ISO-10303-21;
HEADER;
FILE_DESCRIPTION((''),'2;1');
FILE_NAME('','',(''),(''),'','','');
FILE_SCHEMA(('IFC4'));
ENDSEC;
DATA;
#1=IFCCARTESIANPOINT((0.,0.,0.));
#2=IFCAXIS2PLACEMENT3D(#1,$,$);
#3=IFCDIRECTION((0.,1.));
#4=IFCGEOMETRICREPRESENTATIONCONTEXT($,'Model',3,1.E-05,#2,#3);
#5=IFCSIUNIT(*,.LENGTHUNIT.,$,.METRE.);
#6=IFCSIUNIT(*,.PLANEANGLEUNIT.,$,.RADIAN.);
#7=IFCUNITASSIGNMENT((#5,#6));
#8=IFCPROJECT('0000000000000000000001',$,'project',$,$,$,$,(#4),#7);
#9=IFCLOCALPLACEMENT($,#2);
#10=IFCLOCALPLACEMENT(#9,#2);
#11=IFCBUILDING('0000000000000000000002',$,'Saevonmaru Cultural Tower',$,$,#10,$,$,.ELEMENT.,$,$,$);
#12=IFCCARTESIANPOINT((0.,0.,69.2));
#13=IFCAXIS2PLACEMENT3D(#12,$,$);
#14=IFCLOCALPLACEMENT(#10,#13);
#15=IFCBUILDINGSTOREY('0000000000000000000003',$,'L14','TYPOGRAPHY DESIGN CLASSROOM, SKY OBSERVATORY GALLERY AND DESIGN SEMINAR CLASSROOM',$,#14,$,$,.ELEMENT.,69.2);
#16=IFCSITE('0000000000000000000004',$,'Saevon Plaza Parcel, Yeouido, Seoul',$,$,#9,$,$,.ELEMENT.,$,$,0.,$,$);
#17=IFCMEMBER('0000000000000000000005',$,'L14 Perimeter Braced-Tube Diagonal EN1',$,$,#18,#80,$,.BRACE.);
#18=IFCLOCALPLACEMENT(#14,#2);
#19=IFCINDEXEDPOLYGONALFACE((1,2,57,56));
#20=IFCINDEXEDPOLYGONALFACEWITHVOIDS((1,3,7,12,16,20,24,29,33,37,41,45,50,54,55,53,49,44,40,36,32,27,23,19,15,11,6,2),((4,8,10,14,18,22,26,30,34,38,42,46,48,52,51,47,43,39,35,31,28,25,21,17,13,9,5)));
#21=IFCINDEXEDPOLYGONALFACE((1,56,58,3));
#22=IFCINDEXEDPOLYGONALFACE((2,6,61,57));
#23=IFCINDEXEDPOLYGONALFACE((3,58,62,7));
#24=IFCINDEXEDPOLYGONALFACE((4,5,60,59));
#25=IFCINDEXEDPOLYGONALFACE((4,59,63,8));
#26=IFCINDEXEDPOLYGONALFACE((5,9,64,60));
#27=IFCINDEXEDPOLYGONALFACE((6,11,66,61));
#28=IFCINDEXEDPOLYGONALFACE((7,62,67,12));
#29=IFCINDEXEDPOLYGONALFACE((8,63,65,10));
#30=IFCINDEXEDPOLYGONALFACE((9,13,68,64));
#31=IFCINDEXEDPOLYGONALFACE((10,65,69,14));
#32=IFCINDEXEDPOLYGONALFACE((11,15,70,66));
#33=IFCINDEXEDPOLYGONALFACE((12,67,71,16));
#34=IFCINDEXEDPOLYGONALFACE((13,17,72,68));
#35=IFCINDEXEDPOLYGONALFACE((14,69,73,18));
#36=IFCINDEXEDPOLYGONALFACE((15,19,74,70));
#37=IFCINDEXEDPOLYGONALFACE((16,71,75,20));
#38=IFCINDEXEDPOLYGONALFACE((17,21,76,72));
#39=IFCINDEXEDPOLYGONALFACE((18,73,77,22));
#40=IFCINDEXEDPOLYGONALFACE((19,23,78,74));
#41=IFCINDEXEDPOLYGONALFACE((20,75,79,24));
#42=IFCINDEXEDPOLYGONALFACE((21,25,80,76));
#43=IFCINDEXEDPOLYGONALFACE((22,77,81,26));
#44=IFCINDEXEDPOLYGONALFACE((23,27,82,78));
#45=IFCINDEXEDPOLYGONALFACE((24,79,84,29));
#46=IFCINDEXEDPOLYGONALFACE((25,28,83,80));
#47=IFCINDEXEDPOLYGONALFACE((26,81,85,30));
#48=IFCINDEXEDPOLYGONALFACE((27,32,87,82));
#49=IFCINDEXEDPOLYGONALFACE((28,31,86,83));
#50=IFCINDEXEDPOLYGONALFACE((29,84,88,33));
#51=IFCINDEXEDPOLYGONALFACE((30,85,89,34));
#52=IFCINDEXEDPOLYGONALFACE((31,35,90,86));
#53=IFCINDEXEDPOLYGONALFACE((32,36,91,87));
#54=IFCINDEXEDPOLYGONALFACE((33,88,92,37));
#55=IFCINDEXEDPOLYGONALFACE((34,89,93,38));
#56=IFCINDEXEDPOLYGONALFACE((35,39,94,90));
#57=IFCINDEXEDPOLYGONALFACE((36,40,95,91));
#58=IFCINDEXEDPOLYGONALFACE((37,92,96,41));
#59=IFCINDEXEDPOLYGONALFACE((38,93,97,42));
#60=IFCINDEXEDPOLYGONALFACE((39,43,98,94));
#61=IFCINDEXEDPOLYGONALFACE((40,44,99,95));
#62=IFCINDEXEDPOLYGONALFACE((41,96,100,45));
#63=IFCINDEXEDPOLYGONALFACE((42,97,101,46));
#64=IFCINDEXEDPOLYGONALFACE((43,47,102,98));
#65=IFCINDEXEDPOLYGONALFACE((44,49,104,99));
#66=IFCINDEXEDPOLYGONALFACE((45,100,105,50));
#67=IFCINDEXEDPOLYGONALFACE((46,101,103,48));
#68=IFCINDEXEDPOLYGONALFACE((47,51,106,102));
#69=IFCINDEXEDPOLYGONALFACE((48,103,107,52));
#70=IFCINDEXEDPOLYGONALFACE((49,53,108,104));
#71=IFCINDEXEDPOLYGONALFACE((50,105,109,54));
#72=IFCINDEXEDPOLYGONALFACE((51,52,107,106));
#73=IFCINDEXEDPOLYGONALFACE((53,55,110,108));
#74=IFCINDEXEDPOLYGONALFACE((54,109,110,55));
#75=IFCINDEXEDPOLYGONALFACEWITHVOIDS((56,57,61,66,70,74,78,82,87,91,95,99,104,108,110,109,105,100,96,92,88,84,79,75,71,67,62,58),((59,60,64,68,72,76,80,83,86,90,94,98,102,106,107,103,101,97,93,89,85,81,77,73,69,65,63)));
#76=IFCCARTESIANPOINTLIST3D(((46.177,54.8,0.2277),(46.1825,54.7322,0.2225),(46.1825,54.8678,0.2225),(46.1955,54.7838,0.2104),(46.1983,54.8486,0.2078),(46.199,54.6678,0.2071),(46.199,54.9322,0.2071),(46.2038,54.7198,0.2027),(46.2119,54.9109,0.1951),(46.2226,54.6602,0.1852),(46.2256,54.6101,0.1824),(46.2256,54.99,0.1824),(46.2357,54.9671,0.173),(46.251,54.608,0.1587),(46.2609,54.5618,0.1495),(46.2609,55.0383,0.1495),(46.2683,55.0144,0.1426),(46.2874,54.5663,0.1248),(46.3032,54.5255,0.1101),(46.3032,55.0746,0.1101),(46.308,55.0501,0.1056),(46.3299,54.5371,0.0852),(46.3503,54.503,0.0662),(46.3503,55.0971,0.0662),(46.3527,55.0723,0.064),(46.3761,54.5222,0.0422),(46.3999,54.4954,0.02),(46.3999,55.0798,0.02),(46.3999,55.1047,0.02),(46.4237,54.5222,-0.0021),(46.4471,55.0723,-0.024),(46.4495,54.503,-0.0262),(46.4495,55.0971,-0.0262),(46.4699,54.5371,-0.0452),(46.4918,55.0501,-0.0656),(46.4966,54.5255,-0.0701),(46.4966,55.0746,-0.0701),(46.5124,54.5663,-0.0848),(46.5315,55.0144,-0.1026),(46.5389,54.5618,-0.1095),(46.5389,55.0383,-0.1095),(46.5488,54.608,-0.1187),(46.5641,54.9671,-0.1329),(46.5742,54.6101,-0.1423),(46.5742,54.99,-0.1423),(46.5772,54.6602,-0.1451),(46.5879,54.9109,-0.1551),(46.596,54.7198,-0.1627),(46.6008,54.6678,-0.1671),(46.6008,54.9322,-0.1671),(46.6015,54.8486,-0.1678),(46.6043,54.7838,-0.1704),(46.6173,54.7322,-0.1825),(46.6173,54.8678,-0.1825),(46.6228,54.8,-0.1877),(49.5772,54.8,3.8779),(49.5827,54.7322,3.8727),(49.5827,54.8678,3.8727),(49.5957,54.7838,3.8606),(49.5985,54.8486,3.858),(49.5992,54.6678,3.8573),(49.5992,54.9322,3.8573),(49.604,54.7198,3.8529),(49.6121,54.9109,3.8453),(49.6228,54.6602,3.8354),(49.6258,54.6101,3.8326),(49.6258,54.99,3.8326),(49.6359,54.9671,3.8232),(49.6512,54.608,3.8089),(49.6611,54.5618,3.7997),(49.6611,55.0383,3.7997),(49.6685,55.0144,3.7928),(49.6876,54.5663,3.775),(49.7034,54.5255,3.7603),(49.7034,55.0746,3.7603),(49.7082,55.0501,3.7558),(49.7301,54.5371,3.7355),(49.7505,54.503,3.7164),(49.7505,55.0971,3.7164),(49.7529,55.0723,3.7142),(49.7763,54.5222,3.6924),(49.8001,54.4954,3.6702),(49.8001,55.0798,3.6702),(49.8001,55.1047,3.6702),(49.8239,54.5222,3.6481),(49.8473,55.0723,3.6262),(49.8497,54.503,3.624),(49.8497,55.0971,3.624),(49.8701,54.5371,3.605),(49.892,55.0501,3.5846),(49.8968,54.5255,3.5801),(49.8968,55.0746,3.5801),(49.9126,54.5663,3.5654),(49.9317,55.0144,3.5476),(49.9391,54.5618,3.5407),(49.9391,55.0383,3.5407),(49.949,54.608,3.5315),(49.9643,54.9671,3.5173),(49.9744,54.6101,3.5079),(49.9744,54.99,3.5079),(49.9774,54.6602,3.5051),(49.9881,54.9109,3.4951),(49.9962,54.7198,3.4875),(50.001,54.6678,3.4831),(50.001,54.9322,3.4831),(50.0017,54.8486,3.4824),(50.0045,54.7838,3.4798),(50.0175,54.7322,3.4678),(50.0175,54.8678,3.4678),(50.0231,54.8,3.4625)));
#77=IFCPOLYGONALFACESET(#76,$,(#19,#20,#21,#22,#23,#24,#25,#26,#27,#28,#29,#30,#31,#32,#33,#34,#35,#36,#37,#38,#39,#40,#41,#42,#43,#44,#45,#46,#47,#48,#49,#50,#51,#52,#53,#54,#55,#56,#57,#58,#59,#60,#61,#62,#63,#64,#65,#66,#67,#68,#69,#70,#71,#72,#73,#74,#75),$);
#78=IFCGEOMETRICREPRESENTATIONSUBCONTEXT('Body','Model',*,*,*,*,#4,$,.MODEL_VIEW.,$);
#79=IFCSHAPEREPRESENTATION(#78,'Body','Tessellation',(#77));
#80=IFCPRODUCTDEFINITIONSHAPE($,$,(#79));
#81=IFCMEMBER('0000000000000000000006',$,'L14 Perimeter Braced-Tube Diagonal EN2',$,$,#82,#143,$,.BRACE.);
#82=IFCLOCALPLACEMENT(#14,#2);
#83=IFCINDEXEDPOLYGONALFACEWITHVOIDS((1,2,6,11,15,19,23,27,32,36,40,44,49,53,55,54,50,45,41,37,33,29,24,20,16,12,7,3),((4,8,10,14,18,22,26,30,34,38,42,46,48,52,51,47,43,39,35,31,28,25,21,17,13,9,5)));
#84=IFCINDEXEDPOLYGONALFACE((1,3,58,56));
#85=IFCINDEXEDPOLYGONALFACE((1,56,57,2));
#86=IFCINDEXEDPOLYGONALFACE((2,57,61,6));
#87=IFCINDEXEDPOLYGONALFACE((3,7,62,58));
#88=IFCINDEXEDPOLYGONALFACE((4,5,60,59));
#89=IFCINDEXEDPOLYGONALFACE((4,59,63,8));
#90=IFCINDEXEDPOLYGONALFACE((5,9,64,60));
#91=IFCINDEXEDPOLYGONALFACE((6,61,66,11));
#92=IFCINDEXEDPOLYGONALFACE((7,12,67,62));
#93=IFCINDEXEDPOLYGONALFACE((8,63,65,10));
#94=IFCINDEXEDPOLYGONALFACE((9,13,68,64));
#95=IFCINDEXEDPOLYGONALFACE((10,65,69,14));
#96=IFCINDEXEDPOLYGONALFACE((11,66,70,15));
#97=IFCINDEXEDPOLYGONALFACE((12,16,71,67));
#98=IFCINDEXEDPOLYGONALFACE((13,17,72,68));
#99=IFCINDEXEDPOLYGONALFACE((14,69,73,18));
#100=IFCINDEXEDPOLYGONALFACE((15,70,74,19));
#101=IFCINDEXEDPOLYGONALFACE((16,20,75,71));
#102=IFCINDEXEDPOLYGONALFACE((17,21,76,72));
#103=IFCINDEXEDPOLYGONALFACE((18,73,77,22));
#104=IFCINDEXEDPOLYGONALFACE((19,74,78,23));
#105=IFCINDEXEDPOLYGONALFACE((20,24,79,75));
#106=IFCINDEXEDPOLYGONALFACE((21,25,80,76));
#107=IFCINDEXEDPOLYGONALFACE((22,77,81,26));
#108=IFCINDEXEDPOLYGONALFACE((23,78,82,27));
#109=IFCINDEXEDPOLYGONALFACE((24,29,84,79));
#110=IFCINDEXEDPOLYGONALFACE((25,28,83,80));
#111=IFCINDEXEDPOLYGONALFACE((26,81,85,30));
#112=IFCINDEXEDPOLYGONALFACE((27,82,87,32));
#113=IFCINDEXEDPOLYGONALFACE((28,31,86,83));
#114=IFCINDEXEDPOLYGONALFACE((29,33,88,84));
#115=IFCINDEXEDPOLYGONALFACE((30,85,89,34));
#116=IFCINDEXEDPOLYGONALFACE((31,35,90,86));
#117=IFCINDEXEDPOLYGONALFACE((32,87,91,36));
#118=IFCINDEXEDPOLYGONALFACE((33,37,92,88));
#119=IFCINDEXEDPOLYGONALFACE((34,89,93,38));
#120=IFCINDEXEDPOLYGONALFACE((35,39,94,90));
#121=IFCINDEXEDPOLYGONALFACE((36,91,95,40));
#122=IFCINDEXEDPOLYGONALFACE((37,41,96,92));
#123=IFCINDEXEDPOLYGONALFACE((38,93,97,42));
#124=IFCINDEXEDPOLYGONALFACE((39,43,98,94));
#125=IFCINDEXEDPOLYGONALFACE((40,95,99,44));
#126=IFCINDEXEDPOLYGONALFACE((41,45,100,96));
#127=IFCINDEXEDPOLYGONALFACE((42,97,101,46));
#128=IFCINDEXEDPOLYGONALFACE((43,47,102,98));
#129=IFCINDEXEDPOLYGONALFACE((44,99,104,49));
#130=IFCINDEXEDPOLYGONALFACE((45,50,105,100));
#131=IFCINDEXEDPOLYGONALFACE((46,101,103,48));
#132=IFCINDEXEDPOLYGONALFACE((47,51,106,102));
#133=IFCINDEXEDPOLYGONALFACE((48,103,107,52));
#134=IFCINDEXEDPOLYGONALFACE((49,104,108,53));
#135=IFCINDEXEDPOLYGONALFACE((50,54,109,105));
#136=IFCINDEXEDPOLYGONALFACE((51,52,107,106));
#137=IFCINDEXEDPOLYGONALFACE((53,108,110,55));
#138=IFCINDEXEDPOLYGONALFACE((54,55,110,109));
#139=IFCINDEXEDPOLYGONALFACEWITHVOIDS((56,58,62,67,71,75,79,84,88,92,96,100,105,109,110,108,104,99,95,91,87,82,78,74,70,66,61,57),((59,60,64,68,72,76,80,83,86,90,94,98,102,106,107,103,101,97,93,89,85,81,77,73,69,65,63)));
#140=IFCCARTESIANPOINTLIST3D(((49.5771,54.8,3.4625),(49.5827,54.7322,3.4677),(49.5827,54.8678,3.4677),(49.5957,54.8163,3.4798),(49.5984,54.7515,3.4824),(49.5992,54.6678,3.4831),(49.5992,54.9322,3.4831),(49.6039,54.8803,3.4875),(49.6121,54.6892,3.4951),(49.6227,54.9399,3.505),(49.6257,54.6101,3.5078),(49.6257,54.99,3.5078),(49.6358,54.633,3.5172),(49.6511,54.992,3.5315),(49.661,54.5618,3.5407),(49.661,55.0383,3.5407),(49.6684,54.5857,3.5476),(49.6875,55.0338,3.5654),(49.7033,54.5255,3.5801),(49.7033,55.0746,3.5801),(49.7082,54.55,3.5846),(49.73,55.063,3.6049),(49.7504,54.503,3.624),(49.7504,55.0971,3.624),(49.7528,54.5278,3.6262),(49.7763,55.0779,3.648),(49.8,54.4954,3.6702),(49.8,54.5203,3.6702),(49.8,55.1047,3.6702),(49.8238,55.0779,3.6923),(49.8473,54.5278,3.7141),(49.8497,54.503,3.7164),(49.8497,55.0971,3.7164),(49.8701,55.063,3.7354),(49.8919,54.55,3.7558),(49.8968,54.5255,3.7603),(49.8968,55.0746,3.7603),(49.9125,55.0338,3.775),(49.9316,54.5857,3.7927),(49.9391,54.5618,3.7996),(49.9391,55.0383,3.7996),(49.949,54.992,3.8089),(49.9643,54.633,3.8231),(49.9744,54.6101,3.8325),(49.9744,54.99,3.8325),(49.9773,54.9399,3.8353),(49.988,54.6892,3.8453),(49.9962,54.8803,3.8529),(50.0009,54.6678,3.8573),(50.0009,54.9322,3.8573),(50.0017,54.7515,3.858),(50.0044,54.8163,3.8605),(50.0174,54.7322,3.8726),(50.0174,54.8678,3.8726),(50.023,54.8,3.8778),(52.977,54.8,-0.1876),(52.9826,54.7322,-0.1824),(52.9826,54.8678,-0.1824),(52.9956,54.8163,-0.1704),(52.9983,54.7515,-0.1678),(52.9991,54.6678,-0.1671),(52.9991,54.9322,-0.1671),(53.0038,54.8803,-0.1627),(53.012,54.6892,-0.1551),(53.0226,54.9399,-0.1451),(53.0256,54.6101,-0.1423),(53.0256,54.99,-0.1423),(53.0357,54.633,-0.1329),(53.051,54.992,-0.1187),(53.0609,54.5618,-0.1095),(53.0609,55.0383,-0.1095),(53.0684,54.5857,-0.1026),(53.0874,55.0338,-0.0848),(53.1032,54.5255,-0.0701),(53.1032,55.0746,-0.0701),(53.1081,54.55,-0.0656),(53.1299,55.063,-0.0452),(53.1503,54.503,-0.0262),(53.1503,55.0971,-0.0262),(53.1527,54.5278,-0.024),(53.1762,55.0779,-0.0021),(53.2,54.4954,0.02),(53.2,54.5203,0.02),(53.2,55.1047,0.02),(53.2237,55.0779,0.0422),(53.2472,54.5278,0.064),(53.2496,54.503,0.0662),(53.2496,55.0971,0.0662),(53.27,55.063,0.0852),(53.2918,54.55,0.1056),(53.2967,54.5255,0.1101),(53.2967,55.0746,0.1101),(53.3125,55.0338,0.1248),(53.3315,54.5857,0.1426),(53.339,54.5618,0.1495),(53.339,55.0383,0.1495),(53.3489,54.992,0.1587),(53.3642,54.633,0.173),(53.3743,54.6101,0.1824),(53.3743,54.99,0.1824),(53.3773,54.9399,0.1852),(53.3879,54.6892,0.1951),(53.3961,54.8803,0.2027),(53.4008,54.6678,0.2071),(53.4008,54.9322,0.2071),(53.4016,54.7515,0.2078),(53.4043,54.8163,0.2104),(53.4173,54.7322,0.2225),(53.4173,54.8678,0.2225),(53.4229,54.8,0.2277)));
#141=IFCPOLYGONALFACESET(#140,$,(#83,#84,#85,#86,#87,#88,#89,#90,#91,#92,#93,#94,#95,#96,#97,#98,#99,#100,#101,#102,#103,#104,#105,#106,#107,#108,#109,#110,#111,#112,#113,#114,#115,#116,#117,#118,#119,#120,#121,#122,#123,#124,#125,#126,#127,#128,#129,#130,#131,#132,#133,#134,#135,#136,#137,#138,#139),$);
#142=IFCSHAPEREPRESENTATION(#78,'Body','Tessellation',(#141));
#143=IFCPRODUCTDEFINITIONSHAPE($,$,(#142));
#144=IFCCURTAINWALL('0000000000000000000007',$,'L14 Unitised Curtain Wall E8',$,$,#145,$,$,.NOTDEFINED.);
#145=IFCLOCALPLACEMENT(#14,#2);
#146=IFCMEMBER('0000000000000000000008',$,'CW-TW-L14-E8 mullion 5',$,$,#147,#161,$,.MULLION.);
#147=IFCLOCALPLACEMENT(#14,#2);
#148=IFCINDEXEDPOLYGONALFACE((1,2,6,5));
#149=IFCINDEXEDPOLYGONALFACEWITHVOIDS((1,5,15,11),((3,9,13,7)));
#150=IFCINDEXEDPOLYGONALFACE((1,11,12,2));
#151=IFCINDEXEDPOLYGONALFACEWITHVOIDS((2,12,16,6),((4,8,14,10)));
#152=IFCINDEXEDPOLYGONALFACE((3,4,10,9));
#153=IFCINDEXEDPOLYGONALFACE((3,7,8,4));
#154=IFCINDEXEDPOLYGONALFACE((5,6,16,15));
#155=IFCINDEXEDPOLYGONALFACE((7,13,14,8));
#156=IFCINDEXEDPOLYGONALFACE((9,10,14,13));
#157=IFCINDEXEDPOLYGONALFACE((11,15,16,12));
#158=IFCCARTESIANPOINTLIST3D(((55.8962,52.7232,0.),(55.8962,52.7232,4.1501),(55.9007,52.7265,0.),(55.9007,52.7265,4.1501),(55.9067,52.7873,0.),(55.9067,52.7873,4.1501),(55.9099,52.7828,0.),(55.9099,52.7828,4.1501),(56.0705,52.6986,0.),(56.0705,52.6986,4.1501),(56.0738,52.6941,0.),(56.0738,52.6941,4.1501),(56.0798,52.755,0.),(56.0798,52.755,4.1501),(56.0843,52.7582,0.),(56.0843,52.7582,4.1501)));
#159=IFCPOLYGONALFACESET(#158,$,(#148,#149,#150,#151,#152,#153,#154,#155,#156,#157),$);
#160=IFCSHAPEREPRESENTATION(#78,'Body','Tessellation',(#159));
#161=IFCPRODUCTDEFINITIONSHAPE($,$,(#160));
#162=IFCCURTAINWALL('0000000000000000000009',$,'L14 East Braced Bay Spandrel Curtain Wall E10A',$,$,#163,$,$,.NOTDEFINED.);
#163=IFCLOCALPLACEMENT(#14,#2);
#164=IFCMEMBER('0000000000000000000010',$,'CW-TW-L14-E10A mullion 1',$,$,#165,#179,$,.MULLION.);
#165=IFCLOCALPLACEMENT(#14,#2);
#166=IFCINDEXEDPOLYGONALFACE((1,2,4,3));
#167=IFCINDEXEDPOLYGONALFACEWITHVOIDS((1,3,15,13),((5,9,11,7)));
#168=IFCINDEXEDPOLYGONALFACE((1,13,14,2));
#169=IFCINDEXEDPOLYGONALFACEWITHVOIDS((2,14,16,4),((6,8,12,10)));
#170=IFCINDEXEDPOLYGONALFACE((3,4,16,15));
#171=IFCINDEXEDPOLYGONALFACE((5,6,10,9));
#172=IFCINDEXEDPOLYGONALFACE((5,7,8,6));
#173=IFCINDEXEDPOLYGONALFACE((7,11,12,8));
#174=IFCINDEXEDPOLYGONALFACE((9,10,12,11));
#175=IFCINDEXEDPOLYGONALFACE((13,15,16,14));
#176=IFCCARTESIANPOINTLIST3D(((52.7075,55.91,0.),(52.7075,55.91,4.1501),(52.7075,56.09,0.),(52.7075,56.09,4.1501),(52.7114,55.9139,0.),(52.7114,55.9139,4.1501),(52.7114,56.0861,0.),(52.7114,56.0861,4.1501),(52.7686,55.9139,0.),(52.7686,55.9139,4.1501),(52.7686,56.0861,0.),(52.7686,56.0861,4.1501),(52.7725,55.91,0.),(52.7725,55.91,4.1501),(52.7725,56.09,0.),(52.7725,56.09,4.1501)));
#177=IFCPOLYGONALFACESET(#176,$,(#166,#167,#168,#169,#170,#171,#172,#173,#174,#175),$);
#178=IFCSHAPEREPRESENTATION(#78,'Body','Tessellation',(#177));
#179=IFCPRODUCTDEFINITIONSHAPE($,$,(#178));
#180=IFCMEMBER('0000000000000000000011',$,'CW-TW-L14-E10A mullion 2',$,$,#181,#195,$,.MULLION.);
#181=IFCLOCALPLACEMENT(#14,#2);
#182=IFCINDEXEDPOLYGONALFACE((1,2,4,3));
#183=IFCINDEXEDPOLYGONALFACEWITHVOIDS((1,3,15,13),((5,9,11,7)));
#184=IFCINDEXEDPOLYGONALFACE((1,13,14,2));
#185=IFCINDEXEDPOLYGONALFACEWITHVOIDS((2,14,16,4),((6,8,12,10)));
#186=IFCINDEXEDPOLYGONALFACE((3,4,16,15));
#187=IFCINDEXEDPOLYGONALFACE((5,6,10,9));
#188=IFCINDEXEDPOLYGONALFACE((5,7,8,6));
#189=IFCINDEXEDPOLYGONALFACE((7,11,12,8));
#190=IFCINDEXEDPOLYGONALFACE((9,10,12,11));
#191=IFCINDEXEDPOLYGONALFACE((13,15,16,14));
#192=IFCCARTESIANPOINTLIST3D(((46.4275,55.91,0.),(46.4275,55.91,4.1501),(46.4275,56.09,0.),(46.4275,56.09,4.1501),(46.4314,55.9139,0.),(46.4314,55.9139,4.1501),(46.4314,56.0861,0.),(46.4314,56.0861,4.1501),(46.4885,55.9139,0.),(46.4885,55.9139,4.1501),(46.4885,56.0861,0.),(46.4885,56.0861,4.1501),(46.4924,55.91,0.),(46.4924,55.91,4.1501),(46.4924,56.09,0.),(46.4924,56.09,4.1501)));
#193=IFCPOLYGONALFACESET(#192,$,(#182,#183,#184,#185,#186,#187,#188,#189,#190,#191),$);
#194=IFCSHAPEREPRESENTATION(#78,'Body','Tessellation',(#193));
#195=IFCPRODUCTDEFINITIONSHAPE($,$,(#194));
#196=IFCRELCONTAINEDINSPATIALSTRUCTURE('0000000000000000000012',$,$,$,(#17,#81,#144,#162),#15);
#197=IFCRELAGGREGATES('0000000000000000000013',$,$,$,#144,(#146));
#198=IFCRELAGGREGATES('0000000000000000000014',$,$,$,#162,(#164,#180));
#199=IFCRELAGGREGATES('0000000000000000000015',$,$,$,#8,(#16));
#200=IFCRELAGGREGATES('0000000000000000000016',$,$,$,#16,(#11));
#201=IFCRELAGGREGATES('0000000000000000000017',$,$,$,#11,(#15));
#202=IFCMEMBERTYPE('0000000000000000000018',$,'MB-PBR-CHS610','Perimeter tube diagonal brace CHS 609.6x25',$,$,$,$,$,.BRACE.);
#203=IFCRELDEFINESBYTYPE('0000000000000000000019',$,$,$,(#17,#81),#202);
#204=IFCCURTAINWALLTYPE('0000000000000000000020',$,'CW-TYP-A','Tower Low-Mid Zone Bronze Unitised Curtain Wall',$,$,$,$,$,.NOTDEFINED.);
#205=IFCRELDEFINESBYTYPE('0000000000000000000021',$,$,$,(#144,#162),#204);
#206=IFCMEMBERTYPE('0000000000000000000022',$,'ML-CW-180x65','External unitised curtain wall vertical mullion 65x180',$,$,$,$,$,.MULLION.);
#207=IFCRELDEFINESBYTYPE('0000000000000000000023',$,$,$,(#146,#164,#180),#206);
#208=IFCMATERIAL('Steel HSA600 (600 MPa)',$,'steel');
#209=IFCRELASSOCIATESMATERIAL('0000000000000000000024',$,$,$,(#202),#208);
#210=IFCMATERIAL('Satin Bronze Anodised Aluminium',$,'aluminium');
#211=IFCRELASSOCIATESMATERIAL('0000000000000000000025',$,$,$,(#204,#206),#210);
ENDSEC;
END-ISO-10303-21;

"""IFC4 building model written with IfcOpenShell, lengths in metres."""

from ifc_helpers import new_model, si_unit, direction, frame, origin, origin_2d, place, context, subcontext, project, spatial, hollow_rectangle, hollow_circle, extrude, material, material_profile, profile_set, type_object, element, aggregate, save


model = new_model("IFC4")

# Units and contexts
model_context = context("Model", 3, precision=1e-05, world=origin(), true_north=direction((0.0, 1.0)))
body_context = subcontext(model_context, "Body", "Model", "MODEL_VIEW")
ifc_project = project(units=[si_unit("LENGTHUNIT", "METRE"), si_unit("PLANEANGLEUNIT", "RADIAN")], contexts=[model_context])

# Site, building, storey
site_placement = place(None, origin())
site = spatial("IfcSite", under=ifc_project, at=site_placement, Name="Saevon Plaza Parcel, Yeouido, Seoul", CompositionType="ELEMENT", RefElevation=0.0)
building_placement = place(site_placement, origin())
building = spatial("IfcBuilding", under=site, at=building_placement, Name="Saevonmaru Cultural Tower", CompositionType="ELEMENT")
storey_placement = place(building_placement, frame((0.0, 0.0, 69.2)))
storey = spatial("IfcBuildingStorey", under=building, at=storey_placement, Name="L14", Description="TYPOGRAPHY DESIGN CLASSROOM, SKY OBSERVATORY GALLERY AND DESIGN SEMINAR CLASSROOM", CompositionType="ELEMENT", Elevation=69.2)

# Shared definitions
ifc_material_1 = material(Name="Steel HSA600 (600 MPa)", Category="steel")

# Members
ifc_material_profile_1 = material_profile(ifc_material_1, hollow_circle(Radius=0.3047, WallThickness=0.0249, at=origin_2d()), Name="CHS-609.6x25")
ifc_profile_set_1 = profile_set([ifc_material_profile_1], Name="Steel HSA600 (600 MPa)")
member_type_1 = type_object("IfcMemberType", Name="MB-PBR-CHS610", Description="Perimeter tube diagonal brace CHS 609.6x25", PredefinedType="BRACE", material=ifc_profile_set_1)
member_1_placement = place(storey_placement, frame((46.3999, 54.8, 0.02), z_axis=(0.681605, 0.0, 0.731721), x_axis=(0.0, 1.0, 0.0)))
element("IfcMember", 1, at=member_1_placement, inside=storey, type_object=member_type_1, Name="L14 Perimeter Braced-Tube Diagonal EN1", PredefinedType="BRACE", context=body_context, shape_type="SweptSolid", body=[
    extrude(hollow_circle(Radius=0.3047, WallThickness=0.0249, at=origin_2d()), origin(), (0.0, 0.0, 1.0), 4.9885),
])
member_2_placement = place(storey_placement, frame((53.2, 54.8, 0.02), z_axis=(-0.681579, 0.0, 0.731745), x_axis=(0.0, -1.0, 0.0)))
element("IfcMember", 2, at=member_2_placement, inside=storey, type_object=member_type_1, Name="L14 Perimeter Braced-Tube Diagonal EN2", PredefinedType="BRACE", context=body_context, shape_type="SweptSolid", body=[
    extrude(hollow_circle(Radius=0.3047, WallThickness=0.0249, at=origin_2d()), origin(), (0.0, 0.0, 1.0), 4.9883),
])

# Curtain wall, member
ifc_material_2 = material(Name="Satin Bronze Anodised Aluminium", Category="aluminium")
curtain_wall_type = type_object("IfcCurtainWallType", Name="CW-TYP-A", Description="Tower Low-Mid Zone Bronze Unitised Curtain Wall", PredefinedType="NOTDEFINED", material=ifc_material_2)
curtain_wall_1_placement = place(storey_placement, origin())
curtain_wall_1 = element("IfcCurtainWall", 3, at=curtain_wall_1_placement, inside=storey, type_object=curtain_wall_type, Name="L14 Unitised Curtain Wall E8", PredefinedType="NOTDEFINED")
ifc_material_profile_2 = material_profile(ifc_material_2, hollow_rectangle(XDim=0.0649, YDim=0.1799, WallThickness=0.0039, at=origin_2d()), Name="ALU-MULL-180x65x4")
ifc_profile_set_2 = profile_set([ifc_material_profile_2], Name="Satin Bronze Anodised Aluminium")
member_type_2 = type_object("IfcMemberType", Name="ML-CW-180x65", Description="External unitised curtain wall vertical mullion 65x180", PredefinedType="MULLION", material=ifc_profile_set_2)
member_3_placement = place(storey_placement, frame((55.9902, 52.7407, 0.0), z_axis=(0.0, 0.0, 1.0), x_axis=(0.161709, 0.986839, 0.0)))
member_3 = element("IfcMember", 4, at=member_3_placement, type_object=member_type_2, Name="CW-TW-L14-E8 mullion 5", PredefinedType="MULLION", context=body_context, shape_type="SweptSolid", body=[
    extrude(hollow_rectangle(XDim=0.0649, YDim=0.1799, WallThickness=0.0039, at=origin_2d()), origin(), (0.0, 0.0, 1.0), 4.1501),
])

# Curtain wall, members
curtain_wall_2_placement = place(storey_placement, origin())
curtain_wall_2 = element("IfcCurtainWall", 5, at=curtain_wall_2_placement, inside=storey, type_object=curtain_wall_type, Name="L14 East Braced Bay Spandrel Curtain Wall E10A", PredefinedType="NOTDEFINED")
member_4_placement = place(storey_placement, frame((52.74, 56.0, 0.0), z_axis=(0.0, 0.0, 1.0), x_axis=(-1.0, 0.0, 0.0)))
member_4 = element("IfcMember", 6, at=member_4_placement, type_object=member_type_2, Name="CW-TW-L14-E10A mullion 1", PredefinedType="MULLION", context=body_context, shape_type="SweptSolid", body=[
    extrude(hollow_rectangle(XDim=0.0649, YDim=0.1799, WallThickness=0.0039, at=origin_2d()), origin(), (0.0, 0.0, 1.0), 4.1501),
])
member_5_placement = place(storey_placement, frame((46.46, 56.0, 0.0), z_axis=(0.0, 0.0, 1.0), x_axis=(-1.0, 0.0, 0.0)))
member_5 = element("IfcMember", 7, at=member_5_placement, type_object=member_type_2, Name="CW-TW-L14-E10A mullion 2", PredefinedType="MULLION", context=body_context, shape_type="SweptSolid", body=[
    extrude(hollow_rectangle(XDim=0.0649, YDim=0.1799, WallThickness=0.0039, at=origin_2d()), origin(), (0.0, 0.0, 1.0), 4.1501),
])

aggregate(curtain_wall_1, [member_3])
aggregate(curtain_wall_2, [member_4, member_5])

save(model, "model.ifc")
